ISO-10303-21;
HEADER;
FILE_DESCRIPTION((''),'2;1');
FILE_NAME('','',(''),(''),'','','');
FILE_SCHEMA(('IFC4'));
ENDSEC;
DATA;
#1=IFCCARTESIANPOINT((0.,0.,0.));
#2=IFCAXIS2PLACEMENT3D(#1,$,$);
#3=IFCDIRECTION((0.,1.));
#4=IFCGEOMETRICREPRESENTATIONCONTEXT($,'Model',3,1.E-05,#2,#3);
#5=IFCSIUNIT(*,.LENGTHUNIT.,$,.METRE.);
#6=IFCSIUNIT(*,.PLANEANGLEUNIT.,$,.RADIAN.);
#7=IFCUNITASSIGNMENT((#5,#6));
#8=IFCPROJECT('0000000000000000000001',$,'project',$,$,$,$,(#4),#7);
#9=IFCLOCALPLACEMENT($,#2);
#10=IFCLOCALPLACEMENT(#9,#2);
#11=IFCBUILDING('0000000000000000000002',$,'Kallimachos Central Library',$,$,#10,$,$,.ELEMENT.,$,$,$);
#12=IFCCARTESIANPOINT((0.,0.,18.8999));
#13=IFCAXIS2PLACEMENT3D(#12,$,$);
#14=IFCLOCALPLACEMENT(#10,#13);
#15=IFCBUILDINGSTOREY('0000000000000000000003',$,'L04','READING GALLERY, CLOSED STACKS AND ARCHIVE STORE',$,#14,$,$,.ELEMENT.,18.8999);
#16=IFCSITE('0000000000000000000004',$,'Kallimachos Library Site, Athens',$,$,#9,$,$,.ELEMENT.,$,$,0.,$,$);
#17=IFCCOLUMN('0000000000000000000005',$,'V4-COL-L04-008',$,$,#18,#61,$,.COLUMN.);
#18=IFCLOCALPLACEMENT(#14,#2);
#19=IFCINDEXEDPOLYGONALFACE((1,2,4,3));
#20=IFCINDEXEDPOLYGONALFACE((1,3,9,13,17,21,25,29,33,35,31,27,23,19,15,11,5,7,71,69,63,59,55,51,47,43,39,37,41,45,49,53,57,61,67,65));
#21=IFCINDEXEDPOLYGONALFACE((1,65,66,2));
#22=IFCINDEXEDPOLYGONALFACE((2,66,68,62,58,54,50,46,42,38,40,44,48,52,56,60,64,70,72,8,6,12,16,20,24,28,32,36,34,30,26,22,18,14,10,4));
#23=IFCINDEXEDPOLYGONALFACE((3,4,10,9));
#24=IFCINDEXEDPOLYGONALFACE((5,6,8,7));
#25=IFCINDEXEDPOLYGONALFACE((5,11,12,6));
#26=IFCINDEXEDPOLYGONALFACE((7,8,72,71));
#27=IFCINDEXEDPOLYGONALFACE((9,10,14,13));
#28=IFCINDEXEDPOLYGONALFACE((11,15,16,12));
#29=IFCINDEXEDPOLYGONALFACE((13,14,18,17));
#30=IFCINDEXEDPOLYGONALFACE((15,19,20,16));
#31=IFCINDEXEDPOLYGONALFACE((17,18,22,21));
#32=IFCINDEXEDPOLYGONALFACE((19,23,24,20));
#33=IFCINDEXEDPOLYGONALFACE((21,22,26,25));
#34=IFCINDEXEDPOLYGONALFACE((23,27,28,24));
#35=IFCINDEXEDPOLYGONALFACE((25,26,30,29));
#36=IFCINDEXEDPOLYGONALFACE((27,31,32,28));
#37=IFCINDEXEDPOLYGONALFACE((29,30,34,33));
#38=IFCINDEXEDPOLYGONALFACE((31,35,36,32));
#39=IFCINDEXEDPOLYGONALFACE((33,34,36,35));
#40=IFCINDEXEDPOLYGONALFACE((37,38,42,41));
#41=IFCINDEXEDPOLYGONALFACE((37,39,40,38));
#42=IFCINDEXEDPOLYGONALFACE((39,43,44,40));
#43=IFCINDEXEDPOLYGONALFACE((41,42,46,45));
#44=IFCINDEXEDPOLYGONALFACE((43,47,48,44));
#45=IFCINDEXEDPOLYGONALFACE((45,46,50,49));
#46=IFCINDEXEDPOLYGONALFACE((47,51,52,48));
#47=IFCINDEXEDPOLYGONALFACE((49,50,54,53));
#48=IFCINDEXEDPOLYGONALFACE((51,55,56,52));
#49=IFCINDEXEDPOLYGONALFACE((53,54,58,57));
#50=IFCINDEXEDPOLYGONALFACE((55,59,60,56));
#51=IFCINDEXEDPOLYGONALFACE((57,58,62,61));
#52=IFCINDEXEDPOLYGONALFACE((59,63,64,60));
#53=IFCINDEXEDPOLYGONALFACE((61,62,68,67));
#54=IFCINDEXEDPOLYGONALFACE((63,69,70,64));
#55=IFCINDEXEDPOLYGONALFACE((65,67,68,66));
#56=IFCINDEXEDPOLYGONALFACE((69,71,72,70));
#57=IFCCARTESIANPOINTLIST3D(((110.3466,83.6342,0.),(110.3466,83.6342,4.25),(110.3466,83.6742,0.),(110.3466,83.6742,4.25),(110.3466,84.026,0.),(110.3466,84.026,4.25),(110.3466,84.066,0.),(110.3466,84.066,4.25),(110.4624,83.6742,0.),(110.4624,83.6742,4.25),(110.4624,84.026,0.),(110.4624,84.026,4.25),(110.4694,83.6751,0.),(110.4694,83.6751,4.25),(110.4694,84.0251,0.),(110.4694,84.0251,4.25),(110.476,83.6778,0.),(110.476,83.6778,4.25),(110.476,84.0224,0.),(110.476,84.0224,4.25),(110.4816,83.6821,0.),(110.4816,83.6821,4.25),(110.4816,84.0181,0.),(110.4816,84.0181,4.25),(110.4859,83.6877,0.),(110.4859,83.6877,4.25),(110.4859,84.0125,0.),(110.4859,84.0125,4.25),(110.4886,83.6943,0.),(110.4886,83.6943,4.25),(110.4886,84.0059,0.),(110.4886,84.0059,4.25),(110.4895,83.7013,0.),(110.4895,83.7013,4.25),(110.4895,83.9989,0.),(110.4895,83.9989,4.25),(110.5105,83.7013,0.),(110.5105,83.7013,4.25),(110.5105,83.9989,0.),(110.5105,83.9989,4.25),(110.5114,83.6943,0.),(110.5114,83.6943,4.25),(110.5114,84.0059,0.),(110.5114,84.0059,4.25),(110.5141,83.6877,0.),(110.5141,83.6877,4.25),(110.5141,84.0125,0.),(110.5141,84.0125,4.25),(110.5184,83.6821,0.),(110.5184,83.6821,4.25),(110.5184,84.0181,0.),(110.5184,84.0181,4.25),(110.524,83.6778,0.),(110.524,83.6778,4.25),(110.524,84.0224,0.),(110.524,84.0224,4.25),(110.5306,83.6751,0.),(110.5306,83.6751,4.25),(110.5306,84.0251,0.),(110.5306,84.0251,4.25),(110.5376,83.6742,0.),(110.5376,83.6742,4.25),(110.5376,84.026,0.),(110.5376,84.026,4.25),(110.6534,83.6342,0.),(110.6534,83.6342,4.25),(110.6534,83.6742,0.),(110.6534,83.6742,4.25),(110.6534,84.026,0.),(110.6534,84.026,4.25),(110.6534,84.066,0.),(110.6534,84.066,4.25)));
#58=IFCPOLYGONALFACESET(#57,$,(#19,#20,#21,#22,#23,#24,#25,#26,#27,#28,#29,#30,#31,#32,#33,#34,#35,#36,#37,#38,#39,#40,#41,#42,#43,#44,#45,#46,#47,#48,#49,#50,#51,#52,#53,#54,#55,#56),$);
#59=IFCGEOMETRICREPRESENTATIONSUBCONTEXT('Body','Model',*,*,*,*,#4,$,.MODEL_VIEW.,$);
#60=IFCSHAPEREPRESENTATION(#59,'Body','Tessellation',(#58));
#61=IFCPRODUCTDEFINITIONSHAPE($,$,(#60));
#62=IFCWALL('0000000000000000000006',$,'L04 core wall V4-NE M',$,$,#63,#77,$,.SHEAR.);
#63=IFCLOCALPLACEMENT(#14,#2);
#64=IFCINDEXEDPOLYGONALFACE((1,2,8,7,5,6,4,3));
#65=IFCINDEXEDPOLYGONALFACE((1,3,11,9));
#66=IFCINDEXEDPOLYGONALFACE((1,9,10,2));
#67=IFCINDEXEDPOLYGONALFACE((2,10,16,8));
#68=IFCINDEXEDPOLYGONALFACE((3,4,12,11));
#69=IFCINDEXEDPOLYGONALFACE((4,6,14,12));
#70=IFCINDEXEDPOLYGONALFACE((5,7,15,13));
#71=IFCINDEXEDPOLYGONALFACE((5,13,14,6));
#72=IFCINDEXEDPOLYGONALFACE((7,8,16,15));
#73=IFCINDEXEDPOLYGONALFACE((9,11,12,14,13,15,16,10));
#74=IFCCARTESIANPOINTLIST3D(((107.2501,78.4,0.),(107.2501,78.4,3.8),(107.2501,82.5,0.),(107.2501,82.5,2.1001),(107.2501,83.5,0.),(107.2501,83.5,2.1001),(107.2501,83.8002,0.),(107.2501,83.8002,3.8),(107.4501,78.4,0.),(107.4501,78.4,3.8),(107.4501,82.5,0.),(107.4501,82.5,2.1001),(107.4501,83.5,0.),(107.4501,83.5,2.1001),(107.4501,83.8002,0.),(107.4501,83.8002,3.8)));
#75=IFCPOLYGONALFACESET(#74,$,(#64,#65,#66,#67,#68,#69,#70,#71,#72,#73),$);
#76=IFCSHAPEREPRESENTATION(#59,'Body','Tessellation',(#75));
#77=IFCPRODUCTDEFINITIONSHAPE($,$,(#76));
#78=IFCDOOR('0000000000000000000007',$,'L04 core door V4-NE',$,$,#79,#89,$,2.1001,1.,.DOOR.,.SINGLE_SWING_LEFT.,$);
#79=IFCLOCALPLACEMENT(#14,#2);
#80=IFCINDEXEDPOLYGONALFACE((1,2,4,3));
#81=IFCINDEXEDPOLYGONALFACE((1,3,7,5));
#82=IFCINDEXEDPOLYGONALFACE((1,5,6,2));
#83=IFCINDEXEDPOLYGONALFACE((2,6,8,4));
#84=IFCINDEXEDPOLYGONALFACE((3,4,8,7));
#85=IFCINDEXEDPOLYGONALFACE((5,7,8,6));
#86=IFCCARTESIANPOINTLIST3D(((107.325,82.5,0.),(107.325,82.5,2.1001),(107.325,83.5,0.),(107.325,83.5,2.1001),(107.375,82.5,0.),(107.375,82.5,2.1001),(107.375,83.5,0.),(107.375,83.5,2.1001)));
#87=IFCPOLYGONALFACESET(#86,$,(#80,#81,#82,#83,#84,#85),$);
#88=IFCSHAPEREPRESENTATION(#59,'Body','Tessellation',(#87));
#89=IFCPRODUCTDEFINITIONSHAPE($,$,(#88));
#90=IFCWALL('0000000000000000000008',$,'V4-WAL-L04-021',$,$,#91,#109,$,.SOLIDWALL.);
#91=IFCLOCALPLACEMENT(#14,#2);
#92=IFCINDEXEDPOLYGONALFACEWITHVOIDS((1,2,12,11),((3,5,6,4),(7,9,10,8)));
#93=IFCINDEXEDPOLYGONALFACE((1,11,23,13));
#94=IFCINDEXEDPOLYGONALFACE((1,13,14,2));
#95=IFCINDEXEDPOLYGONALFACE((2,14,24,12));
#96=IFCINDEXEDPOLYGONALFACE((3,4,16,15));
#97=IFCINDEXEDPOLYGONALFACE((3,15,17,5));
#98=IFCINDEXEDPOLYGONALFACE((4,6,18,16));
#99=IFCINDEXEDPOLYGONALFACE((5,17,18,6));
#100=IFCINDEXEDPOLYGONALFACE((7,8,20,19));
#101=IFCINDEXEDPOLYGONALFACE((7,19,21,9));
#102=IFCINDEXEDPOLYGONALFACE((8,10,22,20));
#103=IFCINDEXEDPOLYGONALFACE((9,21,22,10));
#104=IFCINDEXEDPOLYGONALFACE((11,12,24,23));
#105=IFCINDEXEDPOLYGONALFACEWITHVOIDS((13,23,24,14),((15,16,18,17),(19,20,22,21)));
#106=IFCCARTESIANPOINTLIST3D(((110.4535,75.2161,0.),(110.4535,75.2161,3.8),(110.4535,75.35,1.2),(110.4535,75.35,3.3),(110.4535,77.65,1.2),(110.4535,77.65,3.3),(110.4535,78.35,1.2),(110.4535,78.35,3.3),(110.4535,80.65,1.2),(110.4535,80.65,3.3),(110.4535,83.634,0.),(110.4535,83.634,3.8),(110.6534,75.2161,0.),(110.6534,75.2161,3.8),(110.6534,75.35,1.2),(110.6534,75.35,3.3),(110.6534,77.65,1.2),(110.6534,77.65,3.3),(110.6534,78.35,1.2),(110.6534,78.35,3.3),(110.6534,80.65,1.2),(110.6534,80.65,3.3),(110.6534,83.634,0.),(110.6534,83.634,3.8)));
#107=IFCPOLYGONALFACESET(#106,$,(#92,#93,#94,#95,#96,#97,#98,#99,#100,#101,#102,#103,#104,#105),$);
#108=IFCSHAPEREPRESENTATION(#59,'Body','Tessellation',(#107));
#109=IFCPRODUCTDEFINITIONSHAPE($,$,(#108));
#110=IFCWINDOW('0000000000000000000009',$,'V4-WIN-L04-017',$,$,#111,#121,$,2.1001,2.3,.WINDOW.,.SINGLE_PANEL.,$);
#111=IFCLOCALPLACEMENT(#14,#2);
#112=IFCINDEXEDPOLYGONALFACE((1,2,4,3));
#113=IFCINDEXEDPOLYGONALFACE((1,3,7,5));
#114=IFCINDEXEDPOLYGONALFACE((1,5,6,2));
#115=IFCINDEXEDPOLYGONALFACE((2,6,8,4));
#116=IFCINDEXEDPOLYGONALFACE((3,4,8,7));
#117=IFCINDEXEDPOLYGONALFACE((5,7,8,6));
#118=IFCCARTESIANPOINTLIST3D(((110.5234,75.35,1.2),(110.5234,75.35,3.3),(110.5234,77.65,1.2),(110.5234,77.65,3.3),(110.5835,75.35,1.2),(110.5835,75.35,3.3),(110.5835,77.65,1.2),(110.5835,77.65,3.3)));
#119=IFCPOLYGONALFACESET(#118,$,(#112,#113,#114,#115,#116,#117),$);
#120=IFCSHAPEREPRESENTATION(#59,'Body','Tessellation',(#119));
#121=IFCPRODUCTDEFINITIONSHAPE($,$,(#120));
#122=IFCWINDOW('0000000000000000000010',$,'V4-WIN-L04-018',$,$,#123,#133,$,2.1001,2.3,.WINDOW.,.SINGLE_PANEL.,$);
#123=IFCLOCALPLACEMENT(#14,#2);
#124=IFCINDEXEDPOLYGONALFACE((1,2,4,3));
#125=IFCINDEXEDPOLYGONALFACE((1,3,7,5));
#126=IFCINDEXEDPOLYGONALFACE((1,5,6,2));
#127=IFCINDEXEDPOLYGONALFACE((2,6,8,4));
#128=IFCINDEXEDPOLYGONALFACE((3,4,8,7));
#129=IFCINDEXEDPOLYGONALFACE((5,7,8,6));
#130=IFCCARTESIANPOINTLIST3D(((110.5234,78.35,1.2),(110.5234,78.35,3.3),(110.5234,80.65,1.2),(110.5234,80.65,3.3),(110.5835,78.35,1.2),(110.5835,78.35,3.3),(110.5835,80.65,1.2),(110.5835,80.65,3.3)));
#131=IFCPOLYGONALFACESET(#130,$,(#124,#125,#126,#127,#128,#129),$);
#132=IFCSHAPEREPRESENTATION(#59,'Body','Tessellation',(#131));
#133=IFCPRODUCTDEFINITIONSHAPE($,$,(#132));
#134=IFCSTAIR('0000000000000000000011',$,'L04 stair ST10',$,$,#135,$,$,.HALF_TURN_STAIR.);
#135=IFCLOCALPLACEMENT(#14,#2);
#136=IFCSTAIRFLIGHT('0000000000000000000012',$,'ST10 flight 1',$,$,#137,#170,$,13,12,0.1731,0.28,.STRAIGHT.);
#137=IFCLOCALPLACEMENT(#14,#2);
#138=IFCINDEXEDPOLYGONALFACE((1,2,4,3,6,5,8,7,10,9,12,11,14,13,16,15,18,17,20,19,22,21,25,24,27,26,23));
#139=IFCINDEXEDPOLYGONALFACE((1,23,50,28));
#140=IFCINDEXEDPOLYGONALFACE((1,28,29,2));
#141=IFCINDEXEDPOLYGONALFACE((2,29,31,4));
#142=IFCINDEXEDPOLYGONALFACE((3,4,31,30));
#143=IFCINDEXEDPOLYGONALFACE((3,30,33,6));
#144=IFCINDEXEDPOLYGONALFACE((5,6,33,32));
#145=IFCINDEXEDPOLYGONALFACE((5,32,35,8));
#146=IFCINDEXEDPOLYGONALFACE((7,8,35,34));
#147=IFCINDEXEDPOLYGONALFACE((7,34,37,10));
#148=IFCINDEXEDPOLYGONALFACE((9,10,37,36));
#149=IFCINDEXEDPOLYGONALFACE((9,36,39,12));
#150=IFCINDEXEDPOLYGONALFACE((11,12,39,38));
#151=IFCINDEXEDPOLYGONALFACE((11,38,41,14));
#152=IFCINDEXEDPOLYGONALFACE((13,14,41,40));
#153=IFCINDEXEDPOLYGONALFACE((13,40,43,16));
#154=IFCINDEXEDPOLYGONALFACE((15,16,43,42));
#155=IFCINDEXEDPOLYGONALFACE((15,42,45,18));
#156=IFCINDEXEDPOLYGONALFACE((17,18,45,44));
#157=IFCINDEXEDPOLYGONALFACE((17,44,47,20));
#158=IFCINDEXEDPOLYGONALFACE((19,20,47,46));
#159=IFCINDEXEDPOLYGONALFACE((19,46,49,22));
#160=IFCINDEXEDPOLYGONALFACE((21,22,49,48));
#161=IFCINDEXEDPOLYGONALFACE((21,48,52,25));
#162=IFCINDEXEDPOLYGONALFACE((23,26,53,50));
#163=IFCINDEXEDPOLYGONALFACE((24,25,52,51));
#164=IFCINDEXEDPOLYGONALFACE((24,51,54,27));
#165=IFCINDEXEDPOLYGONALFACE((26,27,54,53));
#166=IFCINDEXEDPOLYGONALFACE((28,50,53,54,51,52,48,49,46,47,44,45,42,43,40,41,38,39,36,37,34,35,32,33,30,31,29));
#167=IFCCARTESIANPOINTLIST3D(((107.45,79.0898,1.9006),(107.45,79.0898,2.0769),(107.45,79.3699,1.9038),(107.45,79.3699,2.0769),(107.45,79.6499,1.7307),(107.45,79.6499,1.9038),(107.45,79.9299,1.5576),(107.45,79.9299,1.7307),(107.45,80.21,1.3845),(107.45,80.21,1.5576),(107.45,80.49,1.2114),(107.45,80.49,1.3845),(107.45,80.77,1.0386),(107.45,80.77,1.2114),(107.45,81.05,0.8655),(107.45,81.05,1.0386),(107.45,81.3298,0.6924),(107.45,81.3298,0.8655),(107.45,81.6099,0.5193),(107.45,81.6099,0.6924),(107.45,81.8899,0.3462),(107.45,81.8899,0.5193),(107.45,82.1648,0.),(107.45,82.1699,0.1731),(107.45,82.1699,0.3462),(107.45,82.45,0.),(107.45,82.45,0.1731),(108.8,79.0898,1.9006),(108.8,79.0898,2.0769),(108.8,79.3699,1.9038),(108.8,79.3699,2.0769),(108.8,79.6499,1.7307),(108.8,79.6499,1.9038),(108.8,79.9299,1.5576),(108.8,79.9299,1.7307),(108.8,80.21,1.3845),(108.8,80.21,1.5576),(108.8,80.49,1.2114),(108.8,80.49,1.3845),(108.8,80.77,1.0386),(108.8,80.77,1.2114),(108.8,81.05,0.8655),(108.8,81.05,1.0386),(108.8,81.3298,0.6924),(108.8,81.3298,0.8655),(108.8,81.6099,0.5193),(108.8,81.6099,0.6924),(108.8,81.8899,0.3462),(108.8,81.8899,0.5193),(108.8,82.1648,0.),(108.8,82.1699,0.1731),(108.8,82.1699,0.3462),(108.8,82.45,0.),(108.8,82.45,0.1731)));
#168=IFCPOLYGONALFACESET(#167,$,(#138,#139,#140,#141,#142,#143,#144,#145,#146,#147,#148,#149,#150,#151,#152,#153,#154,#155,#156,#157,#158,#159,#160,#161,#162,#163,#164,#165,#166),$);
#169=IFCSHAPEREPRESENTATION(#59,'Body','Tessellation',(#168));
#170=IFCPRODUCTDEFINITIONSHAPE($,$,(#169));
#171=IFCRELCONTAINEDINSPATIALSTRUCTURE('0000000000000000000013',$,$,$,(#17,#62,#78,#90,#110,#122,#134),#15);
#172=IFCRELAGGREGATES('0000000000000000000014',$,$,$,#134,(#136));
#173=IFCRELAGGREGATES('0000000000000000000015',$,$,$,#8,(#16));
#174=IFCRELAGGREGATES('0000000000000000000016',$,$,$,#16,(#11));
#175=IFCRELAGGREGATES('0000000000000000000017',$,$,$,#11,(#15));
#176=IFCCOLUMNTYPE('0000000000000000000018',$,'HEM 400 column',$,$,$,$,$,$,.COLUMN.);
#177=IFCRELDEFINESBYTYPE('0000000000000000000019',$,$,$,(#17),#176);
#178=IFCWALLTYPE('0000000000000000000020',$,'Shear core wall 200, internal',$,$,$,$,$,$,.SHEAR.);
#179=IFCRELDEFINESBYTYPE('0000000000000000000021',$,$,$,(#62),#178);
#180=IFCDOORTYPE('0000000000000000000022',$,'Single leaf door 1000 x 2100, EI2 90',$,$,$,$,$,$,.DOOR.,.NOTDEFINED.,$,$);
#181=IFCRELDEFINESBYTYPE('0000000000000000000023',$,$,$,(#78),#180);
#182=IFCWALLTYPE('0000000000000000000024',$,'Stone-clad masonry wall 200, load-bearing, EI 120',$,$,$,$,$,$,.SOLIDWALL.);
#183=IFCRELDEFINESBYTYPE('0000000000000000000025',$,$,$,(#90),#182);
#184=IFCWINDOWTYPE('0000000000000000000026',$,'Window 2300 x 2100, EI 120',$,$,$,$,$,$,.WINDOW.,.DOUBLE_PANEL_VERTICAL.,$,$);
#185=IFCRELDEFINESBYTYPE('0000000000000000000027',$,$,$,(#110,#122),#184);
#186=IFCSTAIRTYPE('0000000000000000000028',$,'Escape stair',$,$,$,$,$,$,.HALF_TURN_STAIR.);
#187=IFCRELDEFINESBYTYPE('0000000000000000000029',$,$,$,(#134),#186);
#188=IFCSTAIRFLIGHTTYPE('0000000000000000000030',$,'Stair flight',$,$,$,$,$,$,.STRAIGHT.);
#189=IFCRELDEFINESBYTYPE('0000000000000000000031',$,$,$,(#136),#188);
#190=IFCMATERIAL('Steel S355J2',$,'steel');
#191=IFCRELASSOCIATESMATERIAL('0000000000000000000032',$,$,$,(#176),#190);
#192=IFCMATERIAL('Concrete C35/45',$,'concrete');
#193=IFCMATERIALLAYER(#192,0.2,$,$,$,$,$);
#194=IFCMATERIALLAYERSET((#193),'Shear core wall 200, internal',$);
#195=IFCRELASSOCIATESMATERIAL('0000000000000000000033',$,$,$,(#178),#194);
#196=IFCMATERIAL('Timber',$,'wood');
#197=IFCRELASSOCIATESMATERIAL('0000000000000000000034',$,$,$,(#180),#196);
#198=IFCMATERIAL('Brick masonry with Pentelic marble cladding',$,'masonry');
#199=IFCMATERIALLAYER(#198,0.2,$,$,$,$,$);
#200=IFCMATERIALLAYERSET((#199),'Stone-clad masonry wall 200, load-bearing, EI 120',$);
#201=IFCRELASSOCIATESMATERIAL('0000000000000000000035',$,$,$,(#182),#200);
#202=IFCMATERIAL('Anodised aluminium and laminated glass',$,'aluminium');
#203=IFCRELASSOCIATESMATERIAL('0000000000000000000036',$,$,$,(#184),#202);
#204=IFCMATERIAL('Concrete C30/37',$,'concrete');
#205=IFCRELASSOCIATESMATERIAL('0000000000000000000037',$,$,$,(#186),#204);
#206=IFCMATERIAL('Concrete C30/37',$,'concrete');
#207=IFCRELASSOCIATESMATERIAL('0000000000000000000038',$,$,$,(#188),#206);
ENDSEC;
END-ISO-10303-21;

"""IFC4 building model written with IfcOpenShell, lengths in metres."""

from ifc_helpers import new_model, si_unit, direction, frame, frame_2d, origin, origin_2d, place, context, subcontext, project, spatial, polyline, rectangle, i_section, outline, extrude, material, layer, layer_set, material_profile, profile_set, type_object, element, fill, aggregate, save


model = new_model("IFC4")

# Units and contexts
model_context = context("Model", 3, precision=1e-05, world=origin(), true_north=direction((0.0, 1.0)))
body_context = subcontext(model_context, "Body", "Model", "MODEL_VIEW")
ifc_project = project(units=[si_unit("LENGTHUNIT", "METRE"), si_unit("PLANEANGLEUNIT", "RADIAN")], contexts=[model_context])

# Site, building, storey
site_placement = place(None, origin())
site = spatial("IfcSite", under=ifc_project, at=site_placement, Name="Kallimachos Library Site, Athens", CompositionType="ELEMENT", RefElevation=0.0)
building_placement = place(site_placement, origin())
building = spatial("IfcBuilding", under=site, at=building_placement, Name="Kallimachos Central Library", CompositionType="ELEMENT")
storey_placement = place(building_placement, frame((0.0, 0.0, 18.8999)))
storey = spatial("IfcBuildingStorey", under=building, at=storey_placement, Name="L04", Description="READING GALLERY, CLOSED STACKS AND ARCHIVE STORE", CompositionType="ELEMENT", Elevation=18.8999)

# Column
ifc_material_1 = material(Name="Steel S355J2", Category="steel")
ifc_material_profile = material_profile(ifc_material_1, i_section(OverallWidth=0.3069, OverallDepth=0.4319, WebThickness=0.021, FlangeThickness=0.04, FilletRadius=0.0271, at=origin_2d()), Name="HEM 400")
ifc_profile_set = profile_set([ifc_material_profile], Name="Steel S355J2")
column_type = type_object("IfcColumnType", Name="HEM 400 column", PredefinedType="COLUMN", material=ifc_profile_set)
column_placement = place(storey_placement, frame((110.5, 83.8501, 0.0), z_axis=(0.0, 0.0, 1.0), x_axis=(1.0, 0.0, 0.0)))
element("IfcColumn", 1, at=column_placement, inside=storey, type_object=column_type, Name="V4-COL-L04-008", PredefinedType="COLUMN", context=body_context, shape_type="SweptSolid", body=[
    extrude(i_section(OverallWidth=0.3069, OverallDepth=0.4319, WebThickness=0.021, FlangeThickness=0.04, FilletRadius=0.0271, at=origin_2d()), origin(), (0.0, 0.0, 1.0), 4.25),
])

# Wall, opening, door
ifc_material_2 = material(Name="Concrete C35/45", Category="concrete")
ifc_layer_1 = layer(ifc_material_2, 0.2)
ifc_layer_set_1 = layer_set([ifc_layer_1], Name="Shear core wall 200, internal")
wall_type_1 = type_object("IfcWallType", Name="Shear core wall 200, internal", PredefinedType="SHEAR", material=ifc_layer_set_1)
wall_1_placement = place(storey_placement, frame((107.3501, 78.3999, 0.0), z_axis=(0.0, 0.0, 1.0), x_axis=(0.0, 1.0, 0.0)))
wall_1 = element("IfcWall", 2, at=wall_1_placement, inside=storey, type_object=wall_type_1, Name="L04 core wall V4-NE M", PredefinedType="SHEAR", context=body_context, shape_type="SweptSolid", body=[
    extrude(rectangle(XDim=5.4001, YDim=0.2, at=frame_2d((2.7002, 0.0))), origin(), (0.0, 0.0, 1.0), 3.8),
])
opening_1_placement = place(wall_1_placement, frame((4.1001, 0.0, 0.0)))
opening_1 = element("IfcOpeningElement", 3, at=opening_1_placement, cuts=wall_1, PredefinedType="OPENING", context=body_context, shape_type="SweptSolid", body=[
    extrude(rectangle(XDim=1.0, YDim=2.1001, at=frame_2d((0.5, 1.05))), frame((0.0, 0.1099, 0.0), z_axis=(0.0, -1.0, 0.0), x_axis=(1.0, 0.0, 0.0)), (0.0, 0.0, 1.0), 0.22),
])
ifc_material_3 = material(Name="Timber", Category="wood")
door_type = type_object("IfcDoorType", Name="Single leaf door 1000 x 2100, EI2 90", OperationType="NOTDEFINED", PredefinedType="DOOR", material=ifc_material_3)
door_placement = place(opening_1_placement, frame((1.0, 0.0, 0.0), z_axis=(0.0, 0.0, 1.0), x_axis=(-1.0, 0.0, 0.0)))
door = element("IfcDoor", 4, at=door_placement, inside=storey, type_object=door_type, Name="L04 core door V4-NE", OperationType="SINGLE_SWING_LEFT", OverallHeight=2.1001, OverallWidth=1.0, PredefinedType="DOOR", context=body_context, shape_type="SweptSolid", body=[
    extrude(rectangle(XDim=1.0, YDim=2.1001, at=frame_2d((0.5, 1.05))), frame((0.0, 0.0249, 0.0), z_axis=(0.0, -1.0, 0.0), x_axis=(1.0, 0.0, 0.0)), (0.0, 0.0, 1.0), 0.05),
])
fill(opening_1, door)

# Wall, openings, windows
ifc_material_4 = material(Name="Brick masonry with Pentelic marble cladding", Category="masonry")
ifc_layer_2 = layer(ifc_material_4, 0.2)
ifc_layer_set_2 = layer_set([ifc_layer_2], Name="Stone-clad masonry wall 200, load-bearing, EI 120")
wall_type_2 = type_object("IfcWallType", Name="Stone-clad masonry wall 200, load-bearing, EI 120", PredefinedType="SOLIDWALL", material=ifc_layer_set_2)
wall_2_placement = place(storey_placement, frame((110.5535, 75.2161, 0.0), z_axis=(0.0, 0.0, 1.0), x_axis=(0.0, 1.0, 0.0)))
wall_2 = element("IfcWall", 5, at=wall_2_placement, inside=storey, type_object=wall_type_2, Name="V4-WAL-L04-021", PredefinedType="SOLIDWALL", context=body_context, shape_type="SweptSolid", body=[
    extrude(rectangle(XDim=8.418, YDim=0.2, at=frame_2d((4.209, 0.0))), origin(), (0.0, 0.0, 1.0), 3.8),
])
opening_2_placement = place(wall_2_placement, frame((0.134, 0.0, 1.2)))
opening_2 = element("IfcOpeningElement", 6, at=opening_2_placement, cuts=wall_2, PredefinedType="OPENING", context=body_context, shape_type="SweptSolid", body=[
    extrude(rectangle(XDim=2.3, YDim=2.1001, at=frame_2d((1.1499, 1.05))), frame((0.0, 0.1099, 0.0), z_axis=(0.0, -1.0, 0.0), x_axis=(1.0, 0.0, 0.0)), (0.0, 0.0, 1.0), 0.22),
])
opening_3_placement = place(wall_2_placement, frame((3.134, 0.0, 1.2)))
opening_3 = element("IfcOpeningElement", 7, at=opening_3_placement, cuts=wall_2, PredefinedType="OPENING", context=body_context, shape_type="SweptSolid", body=[
    extrude(rectangle(XDim=2.3, YDim=2.1001, at=frame_2d((1.1499, 1.05))), frame((0.0, 0.1099, 0.0), z_axis=(0.0, -1.0, 0.0), x_axis=(1.0, 0.0, 0.0)), (0.0, 0.0, 1.0), 0.22),
])
ifc_material_5 = material(Name="Anodised aluminium and laminated glass", Category="aluminium")
window_type = type_object("IfcWindowType", Name="Window 2300 x 2100, EI 120", PartitioningType="DOUBLE_PANEL_VERTICAL", PredefinedType="WINDOW", material=ifc_material_5)
window_1_placement = place(opening_2_placement, origin())
window_1 = element("IfcWindow", 8, at=window_1_placement, inside=storey, type_object=window_type, Name="V4-WIN-L04-017", OverallHeight=2.1001, OverallWidth=2.3, PartitioningType="SINGLE_PANEL", PredefinedType="WINDOW", context=body_context, shape_type="SweptSolid", body=[
    extrude(rectangle(XDim=2.3, YDim=2.1001, at=frame_2d((1.1499, 1.05))), frame((0.0, 0.03, 0.0), z_axis=(0.0, -1.0, 0.0), x_axis=(1.0, 0.0, 0.0)), (0.0, 0.0, 1.0), 0.0601),
])
fill(opening_2, window_1)
window_2_placement = place(opening_3_placement, origin())
window_2 = element("IfcWindow", 9, at=window_2_placement, inside=storey, type_object=window_type, Name="V4-WIN-L04-018", OverallHeight=2.1001, OverallWidth=2.3, PartitioningType="SINGLE_PANEL", PredefinedType="WINDOW", context=body_context, shape_type="SweptSolid", body=[
    extrude(rectangle(XDim=2.3, YDim=2.1001, at=frame_2d((1.1499, 1.05))), frame((0.0, 0.03, 0.0), z_axis=(0.0, -1.0, 0.0), x_axis=(1.0, 0.0, 0.0)), (0.0, 0.0, 1.0), 0.0601),
])
fill(opening_3, window_2)

# Stair, stair flight
ifc_material_6 = material(Name="Concrete C30/37", Category="concrete")
stair_type = type_object("IfcStairType", Name="Escape stair", PredefinedType="HALF_TURN_STAIR", material=ifc_material_6)
stair_placement = place(storey_placement, origin())
stair = element("IfcStair", 10, at=stair_placement, inside=storey, type_object=stair_type, Name="L04 stair ST10", PredefinedType="HALF_TURN_STAIR")
ifc_material_7 = material(Name="Concrete C30/37", Category="concrete")
stair_flight_type = type_object("IfcStairFlightType", Name="Stair flight", PredefinedType="STRAIGHT", material=ifc_material_7)
stair_flight_1_placement = place(storey_placement, frame((108.125, 82.45, 0.0), z_axis=(0.0, 0.0, 1.0), x_axis=(0.0, -1.0, 0.0)))
stair_flight_1 = element("IfcStairFlight", 11, at=stair_flight_1_placement, type_object=stair_flight_type, Name="ST10 flight 1", NumberOfRisers=13, NumberOfTreads=12, PredefinedType="STRAIGHT", RiserHeight=0.1731, TreadLength=0.28, context=body_context, shape_type="SweptSolid", body=[
    extrude(outline(polyline([(0.0, 0.0), (0.0, 0.1731), (0.28, 0.1731), (0.28, 0.3462), (0.5601, 0.3462), (0.5601, 0.5193), (0.8401, 0.5193), (0.8401, 0.6924), (1.1201, 0.6924), (1.1201, 0.8655), (1.3999, 0.8655), (1.3999, 1.0386), (1.6799, 1.0386), (1.6799, 1.2114), (1.96, 1.2114), (1.96, 1.3845), (2.24, 1.3845), (2.24, 1.5576), (2.52, 1.5576), (2.52, 1.7307), (2.8, 1.7307), (2.8, 1.9038), (3.0801, 1.9038), (3.0801, 2.0769), (3.3601, 2.0769), (3.3601, 2.25), (3.3601, 1.9006), (0.2852, 0.0), (0.0, 0.0)])), frame((0.0, 0.675, 0.0), z_axis=(0.0, -1.0, 0.0), x_axis=(1.0, 0.0, 0.0)), (0.0, 0.0, 1.0), 1.3501),
])
aggregate(stair, [stair_flight_1])

save(model, "model.ifc")
